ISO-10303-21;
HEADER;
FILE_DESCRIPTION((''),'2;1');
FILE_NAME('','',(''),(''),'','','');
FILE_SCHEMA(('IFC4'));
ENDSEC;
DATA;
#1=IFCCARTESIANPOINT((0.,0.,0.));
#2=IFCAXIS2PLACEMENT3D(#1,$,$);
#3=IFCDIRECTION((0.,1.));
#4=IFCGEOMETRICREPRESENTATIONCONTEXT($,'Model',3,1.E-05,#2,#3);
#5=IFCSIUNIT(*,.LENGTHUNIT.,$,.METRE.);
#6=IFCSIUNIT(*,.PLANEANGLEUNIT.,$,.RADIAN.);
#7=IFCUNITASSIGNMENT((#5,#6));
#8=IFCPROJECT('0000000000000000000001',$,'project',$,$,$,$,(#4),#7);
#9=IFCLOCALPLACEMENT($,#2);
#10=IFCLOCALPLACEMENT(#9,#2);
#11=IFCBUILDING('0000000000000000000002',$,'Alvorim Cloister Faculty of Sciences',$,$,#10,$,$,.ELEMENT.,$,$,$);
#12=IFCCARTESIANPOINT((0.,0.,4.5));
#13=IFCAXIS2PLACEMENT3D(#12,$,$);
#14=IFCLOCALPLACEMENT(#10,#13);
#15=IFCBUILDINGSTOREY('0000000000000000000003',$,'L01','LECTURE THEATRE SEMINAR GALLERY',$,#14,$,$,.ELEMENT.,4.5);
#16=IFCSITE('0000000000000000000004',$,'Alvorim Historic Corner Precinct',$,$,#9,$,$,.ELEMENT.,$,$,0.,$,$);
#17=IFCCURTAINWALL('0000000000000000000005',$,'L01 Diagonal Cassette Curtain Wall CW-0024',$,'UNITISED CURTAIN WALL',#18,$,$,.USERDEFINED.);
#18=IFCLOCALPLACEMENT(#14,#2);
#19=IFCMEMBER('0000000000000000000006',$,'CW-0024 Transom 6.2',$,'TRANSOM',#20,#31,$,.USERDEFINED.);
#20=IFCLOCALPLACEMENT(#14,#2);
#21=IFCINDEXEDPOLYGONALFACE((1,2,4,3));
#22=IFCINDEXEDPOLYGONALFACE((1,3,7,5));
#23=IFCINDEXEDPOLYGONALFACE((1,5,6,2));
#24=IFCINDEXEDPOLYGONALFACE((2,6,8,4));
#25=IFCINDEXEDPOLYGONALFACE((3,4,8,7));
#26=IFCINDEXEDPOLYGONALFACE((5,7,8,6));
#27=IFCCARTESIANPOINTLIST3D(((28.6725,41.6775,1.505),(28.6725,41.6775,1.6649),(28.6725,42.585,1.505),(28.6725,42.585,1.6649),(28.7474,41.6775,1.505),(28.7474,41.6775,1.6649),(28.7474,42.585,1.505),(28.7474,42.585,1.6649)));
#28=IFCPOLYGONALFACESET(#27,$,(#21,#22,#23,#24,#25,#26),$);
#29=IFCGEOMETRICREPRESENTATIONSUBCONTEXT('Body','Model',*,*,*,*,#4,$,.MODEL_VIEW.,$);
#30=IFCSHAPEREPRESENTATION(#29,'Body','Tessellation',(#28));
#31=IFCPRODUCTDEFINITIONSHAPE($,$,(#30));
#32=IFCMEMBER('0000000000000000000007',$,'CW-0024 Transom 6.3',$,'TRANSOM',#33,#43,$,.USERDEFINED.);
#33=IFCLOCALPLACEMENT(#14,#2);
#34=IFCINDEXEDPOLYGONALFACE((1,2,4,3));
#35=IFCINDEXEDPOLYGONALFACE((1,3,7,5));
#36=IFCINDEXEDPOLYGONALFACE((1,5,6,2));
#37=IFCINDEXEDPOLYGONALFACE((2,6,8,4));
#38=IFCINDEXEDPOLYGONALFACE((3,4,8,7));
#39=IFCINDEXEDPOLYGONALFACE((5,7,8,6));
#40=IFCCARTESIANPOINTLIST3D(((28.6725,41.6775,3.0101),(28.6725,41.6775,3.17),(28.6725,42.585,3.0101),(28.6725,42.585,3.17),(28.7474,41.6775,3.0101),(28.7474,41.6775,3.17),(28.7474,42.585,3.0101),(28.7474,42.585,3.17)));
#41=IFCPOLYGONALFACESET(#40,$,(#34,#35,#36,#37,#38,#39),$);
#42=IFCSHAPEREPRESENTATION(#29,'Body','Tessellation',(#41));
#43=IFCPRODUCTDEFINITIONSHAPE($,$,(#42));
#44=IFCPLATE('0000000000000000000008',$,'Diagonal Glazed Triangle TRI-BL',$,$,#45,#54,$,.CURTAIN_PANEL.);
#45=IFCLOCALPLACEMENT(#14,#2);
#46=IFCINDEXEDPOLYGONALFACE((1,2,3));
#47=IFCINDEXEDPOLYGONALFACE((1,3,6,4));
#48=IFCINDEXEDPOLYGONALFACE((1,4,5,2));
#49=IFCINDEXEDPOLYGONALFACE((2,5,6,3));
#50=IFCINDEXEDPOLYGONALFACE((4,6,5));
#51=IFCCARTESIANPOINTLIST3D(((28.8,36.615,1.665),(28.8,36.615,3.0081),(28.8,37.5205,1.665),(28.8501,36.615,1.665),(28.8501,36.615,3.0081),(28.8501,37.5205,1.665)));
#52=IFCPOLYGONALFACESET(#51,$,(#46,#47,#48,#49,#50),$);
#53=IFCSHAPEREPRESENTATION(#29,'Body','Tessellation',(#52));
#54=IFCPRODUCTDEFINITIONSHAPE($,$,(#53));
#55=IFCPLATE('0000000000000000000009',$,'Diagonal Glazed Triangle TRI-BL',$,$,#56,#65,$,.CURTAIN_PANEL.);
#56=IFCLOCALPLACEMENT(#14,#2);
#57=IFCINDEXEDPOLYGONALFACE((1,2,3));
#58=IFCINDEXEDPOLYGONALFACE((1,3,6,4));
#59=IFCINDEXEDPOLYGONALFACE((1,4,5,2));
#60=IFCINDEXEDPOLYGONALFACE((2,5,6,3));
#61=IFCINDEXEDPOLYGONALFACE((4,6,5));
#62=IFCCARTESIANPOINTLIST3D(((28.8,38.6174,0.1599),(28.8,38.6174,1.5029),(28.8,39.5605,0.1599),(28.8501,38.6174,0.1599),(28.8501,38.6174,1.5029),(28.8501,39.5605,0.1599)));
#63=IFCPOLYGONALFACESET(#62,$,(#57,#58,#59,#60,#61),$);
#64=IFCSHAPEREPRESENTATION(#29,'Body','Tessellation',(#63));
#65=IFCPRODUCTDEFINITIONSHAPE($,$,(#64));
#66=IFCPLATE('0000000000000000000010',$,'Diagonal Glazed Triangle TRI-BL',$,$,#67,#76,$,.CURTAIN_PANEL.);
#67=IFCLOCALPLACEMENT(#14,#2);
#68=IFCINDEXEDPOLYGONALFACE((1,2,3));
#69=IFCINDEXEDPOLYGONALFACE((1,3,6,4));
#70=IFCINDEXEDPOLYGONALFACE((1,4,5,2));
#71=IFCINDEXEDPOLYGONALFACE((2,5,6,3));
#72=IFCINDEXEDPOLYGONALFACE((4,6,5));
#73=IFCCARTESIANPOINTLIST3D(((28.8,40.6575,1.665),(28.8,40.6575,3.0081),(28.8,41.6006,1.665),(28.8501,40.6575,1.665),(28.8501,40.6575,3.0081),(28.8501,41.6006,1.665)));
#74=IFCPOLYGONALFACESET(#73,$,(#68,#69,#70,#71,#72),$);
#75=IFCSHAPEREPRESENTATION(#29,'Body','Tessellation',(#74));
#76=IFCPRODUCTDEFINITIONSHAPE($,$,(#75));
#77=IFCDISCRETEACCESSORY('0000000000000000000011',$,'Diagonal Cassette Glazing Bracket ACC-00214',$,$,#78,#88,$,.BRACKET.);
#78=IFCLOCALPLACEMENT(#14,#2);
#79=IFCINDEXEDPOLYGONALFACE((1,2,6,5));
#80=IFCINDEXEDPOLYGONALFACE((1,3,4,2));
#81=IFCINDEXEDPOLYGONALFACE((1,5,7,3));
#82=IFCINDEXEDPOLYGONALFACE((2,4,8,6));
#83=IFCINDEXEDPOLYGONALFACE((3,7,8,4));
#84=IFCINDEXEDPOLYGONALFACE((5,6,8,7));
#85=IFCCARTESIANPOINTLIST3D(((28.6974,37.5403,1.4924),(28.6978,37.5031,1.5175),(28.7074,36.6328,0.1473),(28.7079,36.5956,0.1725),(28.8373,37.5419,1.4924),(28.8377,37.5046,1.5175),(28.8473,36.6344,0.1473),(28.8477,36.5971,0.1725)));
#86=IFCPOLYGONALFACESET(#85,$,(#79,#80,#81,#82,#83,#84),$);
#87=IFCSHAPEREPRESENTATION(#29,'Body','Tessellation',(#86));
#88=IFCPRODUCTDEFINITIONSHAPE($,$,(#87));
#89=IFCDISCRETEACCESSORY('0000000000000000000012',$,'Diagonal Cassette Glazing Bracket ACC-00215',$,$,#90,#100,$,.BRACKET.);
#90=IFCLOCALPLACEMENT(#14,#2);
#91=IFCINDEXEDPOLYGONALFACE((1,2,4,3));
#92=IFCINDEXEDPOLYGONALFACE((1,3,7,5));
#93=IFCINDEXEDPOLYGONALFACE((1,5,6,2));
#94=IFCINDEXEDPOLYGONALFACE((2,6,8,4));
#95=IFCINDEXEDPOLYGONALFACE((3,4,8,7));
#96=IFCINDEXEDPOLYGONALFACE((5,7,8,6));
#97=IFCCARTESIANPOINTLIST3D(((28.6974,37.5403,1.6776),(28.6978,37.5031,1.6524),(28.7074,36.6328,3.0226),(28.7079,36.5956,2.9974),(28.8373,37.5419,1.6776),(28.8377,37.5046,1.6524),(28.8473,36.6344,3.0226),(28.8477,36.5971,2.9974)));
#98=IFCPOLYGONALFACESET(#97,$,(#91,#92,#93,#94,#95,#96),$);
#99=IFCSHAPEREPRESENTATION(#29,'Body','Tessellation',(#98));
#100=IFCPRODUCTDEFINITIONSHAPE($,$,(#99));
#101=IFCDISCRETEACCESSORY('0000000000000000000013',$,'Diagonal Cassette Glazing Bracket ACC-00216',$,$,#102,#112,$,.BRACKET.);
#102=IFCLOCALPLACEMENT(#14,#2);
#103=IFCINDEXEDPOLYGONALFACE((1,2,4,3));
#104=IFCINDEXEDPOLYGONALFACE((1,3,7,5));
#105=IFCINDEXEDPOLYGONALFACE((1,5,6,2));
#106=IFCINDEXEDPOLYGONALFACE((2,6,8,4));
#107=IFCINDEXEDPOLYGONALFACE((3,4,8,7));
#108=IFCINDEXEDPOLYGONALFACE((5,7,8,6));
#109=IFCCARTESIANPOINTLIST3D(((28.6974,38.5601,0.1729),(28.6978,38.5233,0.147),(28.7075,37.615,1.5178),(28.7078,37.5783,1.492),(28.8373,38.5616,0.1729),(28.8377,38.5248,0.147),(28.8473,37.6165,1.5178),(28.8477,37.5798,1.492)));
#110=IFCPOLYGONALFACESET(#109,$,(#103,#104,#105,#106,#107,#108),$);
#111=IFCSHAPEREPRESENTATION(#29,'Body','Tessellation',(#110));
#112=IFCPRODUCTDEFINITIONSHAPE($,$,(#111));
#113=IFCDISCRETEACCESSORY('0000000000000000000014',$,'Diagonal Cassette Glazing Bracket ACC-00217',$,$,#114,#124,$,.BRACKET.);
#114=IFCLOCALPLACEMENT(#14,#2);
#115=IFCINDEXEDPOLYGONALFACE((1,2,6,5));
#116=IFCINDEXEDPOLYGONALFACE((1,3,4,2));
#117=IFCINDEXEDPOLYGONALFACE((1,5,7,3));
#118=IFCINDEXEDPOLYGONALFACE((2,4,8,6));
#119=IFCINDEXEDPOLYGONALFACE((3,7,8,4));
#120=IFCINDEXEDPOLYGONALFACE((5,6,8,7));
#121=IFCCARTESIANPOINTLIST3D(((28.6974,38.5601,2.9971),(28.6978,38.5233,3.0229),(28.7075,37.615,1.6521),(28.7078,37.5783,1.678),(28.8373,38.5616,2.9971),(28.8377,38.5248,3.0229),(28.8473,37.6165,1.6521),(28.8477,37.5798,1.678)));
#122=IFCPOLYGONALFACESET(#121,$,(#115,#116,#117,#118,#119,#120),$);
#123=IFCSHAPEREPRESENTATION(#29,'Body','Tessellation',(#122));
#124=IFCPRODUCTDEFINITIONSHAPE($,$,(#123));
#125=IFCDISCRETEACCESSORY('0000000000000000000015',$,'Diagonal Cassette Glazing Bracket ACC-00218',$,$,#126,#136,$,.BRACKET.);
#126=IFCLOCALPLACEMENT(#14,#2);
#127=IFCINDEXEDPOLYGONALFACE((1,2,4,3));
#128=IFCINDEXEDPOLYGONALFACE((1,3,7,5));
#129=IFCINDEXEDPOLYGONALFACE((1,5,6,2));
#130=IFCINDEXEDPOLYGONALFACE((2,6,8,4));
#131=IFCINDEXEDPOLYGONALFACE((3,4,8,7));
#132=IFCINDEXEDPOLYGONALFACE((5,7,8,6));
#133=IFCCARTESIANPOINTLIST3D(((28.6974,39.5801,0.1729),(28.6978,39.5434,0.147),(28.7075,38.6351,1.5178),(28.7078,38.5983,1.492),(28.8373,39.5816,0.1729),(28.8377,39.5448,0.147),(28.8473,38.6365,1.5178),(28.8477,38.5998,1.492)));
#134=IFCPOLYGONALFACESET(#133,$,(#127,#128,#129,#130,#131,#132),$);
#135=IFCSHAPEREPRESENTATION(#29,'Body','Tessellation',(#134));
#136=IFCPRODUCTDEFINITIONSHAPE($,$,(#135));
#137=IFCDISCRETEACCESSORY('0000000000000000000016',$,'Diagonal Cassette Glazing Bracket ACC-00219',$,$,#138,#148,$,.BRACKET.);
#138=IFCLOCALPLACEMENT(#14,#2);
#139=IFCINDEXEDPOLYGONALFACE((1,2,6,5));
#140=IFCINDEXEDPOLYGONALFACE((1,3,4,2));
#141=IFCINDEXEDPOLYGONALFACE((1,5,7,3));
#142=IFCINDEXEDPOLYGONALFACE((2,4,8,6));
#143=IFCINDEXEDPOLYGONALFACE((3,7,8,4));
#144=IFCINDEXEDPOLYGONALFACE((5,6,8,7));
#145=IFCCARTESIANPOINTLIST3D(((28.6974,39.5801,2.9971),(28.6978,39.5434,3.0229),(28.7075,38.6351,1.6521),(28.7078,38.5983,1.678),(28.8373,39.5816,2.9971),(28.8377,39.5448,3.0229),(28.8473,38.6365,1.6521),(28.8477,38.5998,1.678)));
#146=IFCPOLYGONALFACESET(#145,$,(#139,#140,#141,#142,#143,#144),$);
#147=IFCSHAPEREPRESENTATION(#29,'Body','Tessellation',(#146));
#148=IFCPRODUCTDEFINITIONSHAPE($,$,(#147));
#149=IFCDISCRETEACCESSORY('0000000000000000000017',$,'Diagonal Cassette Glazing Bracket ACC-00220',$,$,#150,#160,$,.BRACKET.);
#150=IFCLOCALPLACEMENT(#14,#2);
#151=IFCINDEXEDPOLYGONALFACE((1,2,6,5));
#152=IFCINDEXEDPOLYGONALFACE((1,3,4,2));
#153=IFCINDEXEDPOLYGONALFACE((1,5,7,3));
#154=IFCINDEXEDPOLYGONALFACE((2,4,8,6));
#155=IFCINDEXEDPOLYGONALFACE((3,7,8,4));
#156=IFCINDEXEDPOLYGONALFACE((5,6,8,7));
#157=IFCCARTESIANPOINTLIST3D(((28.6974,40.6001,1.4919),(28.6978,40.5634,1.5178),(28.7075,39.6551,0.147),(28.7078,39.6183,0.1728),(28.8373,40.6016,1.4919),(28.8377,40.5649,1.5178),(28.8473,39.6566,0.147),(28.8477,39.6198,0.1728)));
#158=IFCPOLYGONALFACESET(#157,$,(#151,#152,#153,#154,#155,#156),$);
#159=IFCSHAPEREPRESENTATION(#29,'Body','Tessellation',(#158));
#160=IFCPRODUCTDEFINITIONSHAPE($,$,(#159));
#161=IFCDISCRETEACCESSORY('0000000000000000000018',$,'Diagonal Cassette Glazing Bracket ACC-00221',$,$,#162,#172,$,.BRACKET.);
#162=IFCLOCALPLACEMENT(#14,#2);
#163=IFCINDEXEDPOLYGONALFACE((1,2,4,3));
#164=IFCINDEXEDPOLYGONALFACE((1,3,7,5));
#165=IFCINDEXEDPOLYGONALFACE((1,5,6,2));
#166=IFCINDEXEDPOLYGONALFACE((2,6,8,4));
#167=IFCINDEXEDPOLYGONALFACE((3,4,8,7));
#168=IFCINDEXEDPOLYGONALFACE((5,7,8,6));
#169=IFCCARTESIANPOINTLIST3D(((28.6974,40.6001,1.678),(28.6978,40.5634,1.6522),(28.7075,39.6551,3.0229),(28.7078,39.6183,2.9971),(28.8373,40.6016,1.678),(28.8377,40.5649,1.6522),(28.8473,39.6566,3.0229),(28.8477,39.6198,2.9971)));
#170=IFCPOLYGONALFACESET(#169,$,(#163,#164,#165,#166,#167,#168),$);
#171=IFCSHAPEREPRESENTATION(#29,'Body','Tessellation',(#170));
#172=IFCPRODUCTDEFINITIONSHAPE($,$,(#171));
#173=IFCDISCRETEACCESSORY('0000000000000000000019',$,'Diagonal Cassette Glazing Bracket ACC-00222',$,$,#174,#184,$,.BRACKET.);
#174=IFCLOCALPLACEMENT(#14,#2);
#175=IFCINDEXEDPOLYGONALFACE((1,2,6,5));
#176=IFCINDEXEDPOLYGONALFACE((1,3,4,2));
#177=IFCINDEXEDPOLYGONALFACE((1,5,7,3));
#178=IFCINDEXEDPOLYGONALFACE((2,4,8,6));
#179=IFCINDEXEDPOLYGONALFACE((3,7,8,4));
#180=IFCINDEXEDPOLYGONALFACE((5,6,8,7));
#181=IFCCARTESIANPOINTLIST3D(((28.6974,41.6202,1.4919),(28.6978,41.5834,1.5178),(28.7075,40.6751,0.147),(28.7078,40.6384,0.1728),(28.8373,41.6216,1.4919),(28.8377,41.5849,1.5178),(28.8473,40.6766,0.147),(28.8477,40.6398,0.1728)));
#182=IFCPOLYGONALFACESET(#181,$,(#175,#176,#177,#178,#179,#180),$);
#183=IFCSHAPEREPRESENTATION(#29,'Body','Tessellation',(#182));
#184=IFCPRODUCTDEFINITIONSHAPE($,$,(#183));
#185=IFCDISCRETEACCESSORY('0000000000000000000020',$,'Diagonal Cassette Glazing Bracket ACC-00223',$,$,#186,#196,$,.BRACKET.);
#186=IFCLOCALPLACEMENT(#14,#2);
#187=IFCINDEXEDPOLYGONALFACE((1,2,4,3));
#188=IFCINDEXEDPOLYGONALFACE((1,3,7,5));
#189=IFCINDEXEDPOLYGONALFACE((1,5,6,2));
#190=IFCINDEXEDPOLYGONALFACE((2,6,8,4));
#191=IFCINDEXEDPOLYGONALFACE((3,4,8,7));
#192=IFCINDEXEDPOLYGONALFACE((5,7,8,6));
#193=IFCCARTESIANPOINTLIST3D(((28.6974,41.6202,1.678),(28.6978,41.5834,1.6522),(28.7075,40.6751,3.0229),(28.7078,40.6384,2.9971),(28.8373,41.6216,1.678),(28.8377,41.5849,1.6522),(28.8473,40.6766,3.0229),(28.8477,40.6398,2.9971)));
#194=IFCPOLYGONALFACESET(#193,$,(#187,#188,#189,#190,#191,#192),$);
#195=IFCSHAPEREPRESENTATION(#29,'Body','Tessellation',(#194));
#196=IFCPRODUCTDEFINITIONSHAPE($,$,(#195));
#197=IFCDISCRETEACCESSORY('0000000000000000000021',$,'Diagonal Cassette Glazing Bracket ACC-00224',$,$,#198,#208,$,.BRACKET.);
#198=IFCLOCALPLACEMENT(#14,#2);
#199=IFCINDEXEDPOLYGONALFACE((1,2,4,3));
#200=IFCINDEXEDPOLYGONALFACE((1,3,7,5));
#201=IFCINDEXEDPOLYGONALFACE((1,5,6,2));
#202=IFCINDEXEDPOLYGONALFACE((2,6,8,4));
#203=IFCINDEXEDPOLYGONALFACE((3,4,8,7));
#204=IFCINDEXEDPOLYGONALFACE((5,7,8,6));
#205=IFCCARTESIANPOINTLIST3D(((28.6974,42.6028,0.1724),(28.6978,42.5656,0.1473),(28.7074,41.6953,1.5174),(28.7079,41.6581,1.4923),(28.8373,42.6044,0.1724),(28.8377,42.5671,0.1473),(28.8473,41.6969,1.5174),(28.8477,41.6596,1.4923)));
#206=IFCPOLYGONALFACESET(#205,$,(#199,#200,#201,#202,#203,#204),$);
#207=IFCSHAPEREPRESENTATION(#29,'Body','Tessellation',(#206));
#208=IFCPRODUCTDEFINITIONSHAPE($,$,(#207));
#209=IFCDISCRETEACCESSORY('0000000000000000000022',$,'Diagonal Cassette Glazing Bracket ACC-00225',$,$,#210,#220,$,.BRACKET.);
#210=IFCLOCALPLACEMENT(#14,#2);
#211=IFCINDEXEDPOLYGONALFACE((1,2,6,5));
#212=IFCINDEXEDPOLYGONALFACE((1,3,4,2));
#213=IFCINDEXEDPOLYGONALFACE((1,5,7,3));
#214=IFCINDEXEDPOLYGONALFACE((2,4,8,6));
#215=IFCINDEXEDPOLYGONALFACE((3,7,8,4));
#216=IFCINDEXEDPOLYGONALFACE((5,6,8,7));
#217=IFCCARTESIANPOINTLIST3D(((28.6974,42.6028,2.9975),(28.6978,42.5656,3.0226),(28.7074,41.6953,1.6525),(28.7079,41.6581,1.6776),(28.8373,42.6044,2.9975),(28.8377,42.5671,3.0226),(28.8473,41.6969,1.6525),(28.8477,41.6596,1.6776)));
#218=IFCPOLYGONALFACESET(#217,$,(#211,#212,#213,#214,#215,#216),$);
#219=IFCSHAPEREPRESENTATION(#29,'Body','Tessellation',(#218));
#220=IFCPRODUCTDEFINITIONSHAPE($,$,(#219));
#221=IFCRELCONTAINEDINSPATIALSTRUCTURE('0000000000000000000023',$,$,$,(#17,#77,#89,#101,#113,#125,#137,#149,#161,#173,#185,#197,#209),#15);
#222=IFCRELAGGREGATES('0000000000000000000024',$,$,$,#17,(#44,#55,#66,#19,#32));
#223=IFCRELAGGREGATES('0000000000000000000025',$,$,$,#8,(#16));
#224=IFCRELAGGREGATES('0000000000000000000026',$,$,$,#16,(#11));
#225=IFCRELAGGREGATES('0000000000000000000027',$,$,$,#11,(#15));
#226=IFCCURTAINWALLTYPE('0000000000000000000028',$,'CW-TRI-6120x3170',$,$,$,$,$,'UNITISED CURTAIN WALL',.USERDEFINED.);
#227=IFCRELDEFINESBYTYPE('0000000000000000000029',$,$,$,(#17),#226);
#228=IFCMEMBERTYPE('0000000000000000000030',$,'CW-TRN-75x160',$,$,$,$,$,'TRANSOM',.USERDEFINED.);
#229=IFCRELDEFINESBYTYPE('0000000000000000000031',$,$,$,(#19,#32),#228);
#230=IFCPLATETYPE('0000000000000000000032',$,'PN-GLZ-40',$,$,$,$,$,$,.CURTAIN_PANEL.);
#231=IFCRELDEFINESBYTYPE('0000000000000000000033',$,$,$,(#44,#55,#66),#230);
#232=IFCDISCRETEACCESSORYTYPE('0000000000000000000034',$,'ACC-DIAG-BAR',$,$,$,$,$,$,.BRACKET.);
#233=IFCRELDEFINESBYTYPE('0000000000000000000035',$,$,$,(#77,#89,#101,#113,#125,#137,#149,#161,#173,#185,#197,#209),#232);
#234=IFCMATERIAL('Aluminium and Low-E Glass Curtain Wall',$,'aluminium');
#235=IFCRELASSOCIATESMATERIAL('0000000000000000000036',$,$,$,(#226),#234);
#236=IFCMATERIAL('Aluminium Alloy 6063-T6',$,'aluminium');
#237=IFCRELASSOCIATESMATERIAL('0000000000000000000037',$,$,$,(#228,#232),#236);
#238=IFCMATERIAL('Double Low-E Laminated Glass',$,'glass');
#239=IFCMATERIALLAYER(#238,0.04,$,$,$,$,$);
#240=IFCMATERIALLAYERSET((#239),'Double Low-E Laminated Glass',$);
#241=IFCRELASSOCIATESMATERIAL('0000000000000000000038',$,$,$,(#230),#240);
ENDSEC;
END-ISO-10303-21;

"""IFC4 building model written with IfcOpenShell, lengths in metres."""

from ifc_helpers import new_model, si_unit, direction, frame, origin, origin_2d, place, context, subcontext, project, spatial, polyline, rectangle, outline, extrude, material, layer, layer_set, material_profile, profile_set, type_object, element, aggregate, save


model = new_model("IFC4")

# Units and contexts
model_context = context("Model", 3, precision=1e-05, world=origin(), true_north=direction((0.0, 1.0)))
body_context = subcontext(model_context, "Body", "Model", "MODEL_VIEW")
ifc_project = project(units=[si_unit("LENGTHUNIT", "METRE"), si_unit("PLANEANGLEUNIT", "RADIAN")], contexts=[model_context])

# Site, building, storey
site_placement = place(None, origin())
site = spatial("IfcSite", under=ifc_project, at=site_placement, Name="Alvorim Historic Corner Precinct", CompositionType="ELEMENT", RefElevation=0.0)
building_placement = place(site_placement, origin())
building = spatial("IfcBuilding", under=site, at=building_placement, Name="Alvorim Cloister Faculty of Sciences", CompositionType="ELEMENT")
storey_placement = place(building_placement, frame((0.0, 0.0, 4.5)))
storey = spatial("IfcBuildingStorey", under=building, at=storey_placement, Name="L01", Description="LECTURE THEATRE SEMINAR GALLERY", CompositionType="ELEMENT", Elevation=4.5)

# Curtain wall, members, plates
ifc_material_1 = material(Name="Aluminium and Low-E Glass Curtain Wall", Category="aluminium")
curtain_wall_type = type_object("IfcCurtainWallType", Name="CW-TRI-6120x3170", ElementType="UNITISED CURTAIN WALL", PredefinedType="USERDEFINED", material=ifc_material_1)
curtain_wall_placement = place(storey_placement, origin())
curtain_wall = element("IfcCurtainWall", 1, at=curtain_wall_placement, inside=storey, type_object=curtain_wall_type, Name="L01 Diagonal Cassette Curtain Wall CW-0024", ObjectType="UNITISED CURTAIN WALL", PredefinedType="USERDEFINED")
ifc_material_2 = material(Name="Aluminium Alloy 6063-T6", Category="aluminium")
ifc_material_profile = material_profile(ifc_material_2, rectangle(XDim=0.075, YDim=0.1599, at=origin_2d()), Name="ALU-TRN-75x160")
ifc_profile_set = profile_set([ifc_material_profile], Name="Aluminium Alloy 6063-T6")
member_type = type_object("IfcMemberType", Name="CW-TRN-75x160", ElementType="TRANSOM", PredefinedType="USERDEFINED", material=ifc_profile_set)
member_1_placement = place(storey_placement, frame((28.71, 41.6775, 1.585), z_axis=(0.0, 1.0, 0.0), x_axis=(-1.0, 0.0, 0.0)))
member_1 = element("IfcMember", 2, at=member_1_placement, type_object=member_type, Name="CW-0024 Transom 6.2", ObjectType="TRANSOM", PredefinedType="USERDEFINED", context=body_context, shape_type="SweptSolid", body=[
    extrude(rectangle(XDim=0.075, YDim=0.1599, at=origin_2d()), origin(), (0.0, 0.0, 1.0), 0.9075),
])
member_2_placement = place(storey_placement, frame((28.71, 41.6775, 3.0901), z_axis=(0.0, 1.0, 0.0), x_axis=(-1.0, 0.0, 0.0)))
member_2 = element("IfcMember", 3, at=member_2_placement, type_object=member_type, Name="CW-0024 Transom 6.3", ObjectType="TRANSOM", PredefinedType="USERDEFINED", context=body_context, shape_type="SweptSolid", body=[
    extrude(rectangle(XDim=0.075, YDim=0.1599, at=origin_2d()), origin(), (0.0, 0.0, 1.0), 0.9075),
])
ifc_material_3 = material(Name="Double Low-E Laminated Glass", Category="glass")
ifc_layer = layer(ifc_material_3, 0.04)
ifc_layer_set = layer_set([ifc_layer], Name="Double Low-E Laminated Glass")
plate_type = type_object("IfcPlateType", Name="PN-GLZ-40", PredefinedType="CURTAIN_PANEL", material=ifc_layer_set)
plate_1_placement = place(storey_placement, frame((28.825, 36.615, 1.665), z_axis=(0.0, 0.0, 1.0), x_axis=(0.0, 1.0, 0.0)))
plate_1 = element("IfcPlate", 4, at=plate_1_placement, type_object=plate_type, Name="Diagonal Glazed Triangle TRI-BL", PredefinedType="CURTAIN_PANEL", context=body_context, shape_type="SweptSolid", body=[
    extrude(outline(polyline([(0.0, 0.0), (0.9055, 0.0), (0.0, 1.343), (0.0, 0.0)])), frame((0.0, 0.0249, 0.0), z_axis=(0.0, -1.0, 0.0), x_axis=(1.0, 0.0, 0.0)), (0.0, 0.0, 1.0), 0.05),
])
plate_2_placement = place(storey_placement, frame((28.825, 38.6174, 0.1599), z_axis=(0.0, 0.0, 1.0), x_axis=(0.0, 1.0, 0.0)))
plate_2 = element("IfcPlate", 5, at=plate_2_placement, type_object=plate_type, Name="Diagonal Glazed Triangle TRI-BL", PredefinedType="CURTAIN_PANEL", context=body_context, shape_type="SweptSolid", body=[
    extrude(outline(polyline([(0.0, 0.0), (0.9431, 0.0), (0.0, 1.343), (0.0, 0.0)])), frame((0.0, 0.0249, 0.0), z_axis=(0.0, -1.0, 0.0), x_axis=(1.0, 0.0, 0.0)), (0.0, 0.0, 1.0), 0.05),
])
plate_3_placement = place(storey_placement, frame((28.825, 40.6575, 1.665), z_axis=(0.0, 0.0, 1.0), x_axis=(0.0, 1.0, 0.0)))
plate_3 = element("IfcPlate", 6, at=plate_3_placement, type_object=plate_type, Name="Diagonal Glazed Triangle TRI-BL", PredefinedType="CURTAIN_PANEL", context=body_context, shape_type="SweptSolid", body=[
    extrude(outline(polyline([(0.0, 0.0), (0.9431, 0.0), (0.0, 1.343), (0.0, 0.0)])), frame((0.0, 0.0249, 0.0), z_axis=(0.0, -1.0, 0.0), x_axis=(1.0, 0.0, 0.0)), (0.0, 0.0, 1.0), 0.05),
])
aggregate(curtain_wall, [plate_1, plate_2, plate_3, member_1, member_2])

# Discrete accessories
discrete_accessory_type = type_object("IfcDiscreteAccessoryType", Name="ACC-DIAG-BAR", PredefinedType="BRACKET", material=ifc_material_2)
for number, where, z_axis, x_axis, name in (
    (7, (28.7776, 36.615, 0.1599), (-0.006169, 0.559299, 0.828943), (-0.999939, -0.01103, 0.0), "Diagonal Cassette Glazing Bracket ACC-00214"),
    (8, (28.7776, 36.615, 3.01), (-0.006169, 0.559299, -0.828943), (-0.999939, -0.01103, 0.0), "Diagonal Cassette Glazing Bracket ACC-00215"),
):
    element("IfcDiscreteAccessory", number, at=place(storey_placement, frame(where, z_axis=z_axis, x_axis=x_axis)), inside=storey, type_object=discrete_accessory_type, Name=name, PredefinedType="BRACKET", context=body_context, shape_type="SweptSolid", body=[
        extrude(rectangle(XDim=0.1399, YDim=0.0449, at=origin_2d()), origin(), (0.0, 0.0, 1.0), 1.6226),
    ])
for number, where, z_axis, x_axis, name in (
    (9, (28.7776, 37.5974, 1.5049), (-0.006089, 0.574916, -0.81819), (-0.999944, -0.010591, 0.0), "Diagonal Cassette Glazing Bracket ACC-00216"),
    (10, (28.7776, 37.5974, 1.665), (-0.006089, 0.574916, 0.81819), (-0.999944, -0.010591, 0.0), "Diagonal Cassette Glazing Bracket ACC-00217"),
    (11, (28.7776, 38.6174, 1.5049), (-0.006089, 0.574916, -0.81819), (-0.999944, -0.010591, 0.0), "Diagonal Cassette Glazing Bracket ACC-00218"),
    (12, (28.7776, 38.6174, 1.665), (-0.006089, 0.574916, 0.81819), (-0.999944, -0.010591, 0.0), "Diagonal Cassette Glazing Bracket ACC-00219"),
    (13, (28.7776, 39.6375, 0.1599), (-0.006089, 0.574916, 0.81819), (-0.999944, -0.010591, 0.0), "Diagonal Cassette Glazing Bracket ACC-00220"),
    (14, (28.7776, 39.6375, 3.01), (-0.006089, 0.574916, -0.81819), (-0.999944, -0.010591, 0.0), "Diagonal Cassette Glazing Bracket ACC-00221"),
    (15, (28.7776, 40.6575, 0.1599), (-0.006089, 0.574916, 0.81819), (-0.999944, -0.010591, 0.0), "Diagonal Cassette Glazing Bracket ACC-00222"),
    (16, (28.7776, 40.6575, 3.01), (-0.006089, 0.574916, -0.81819), (-0.999944, -0.010591, 0.0), "Diagonal Cassette Glazing Bracket ACC-00223"),
):
    element("IfcDiscreteAccessory", number, at=place(storey_placement, frame(where, z_axis=z_axis, x_axis=x_axis)), inside=storey, type_object=discrete_accessory_type, Name=name, PredefinedType="BRACKET", context=body_context, shape_type="SweptSolid", body=[
        extrude(rectangle(XDim=0.1399, YDim=0.0449, at=origin_2d()), origin(), (0.0, 0.0, 1.0), 1.6438),
    ])
for number, where, z_axis, x_axis, name in (
    (17, (28.7776, 41.6775, 1.5049), (-0.006169, 0.559299, -0.828943), (-0.999939, -0.01103, 0.0), "Diagonal Cassette Glazing Bracket ACC-00224"),
    (18, (28.7776, 41.6775, 1.665), (-0.006169, 0.559299, 0.828943), (-0.999939, -0.01103, 0.0), "Diagonal Cassette Glazing Bracket ACC-00225"),
):
    element("IfcDiscreteAccessory", number, at=place(storey_placement, frame(where, z_axis=z_axis, x_axis=x_axis)), inside=storey, type_object=discrete_accessory_type, Name=name, PredefinedType="BRACKET", context=body_context, shape_type="SweptSolid", body=[
        extrude(rectangle(XDim=0.1399, YDim=0.0449, at=origin_2d()), origin(), (0.0, 0.0, 1.0), 1.6226),
    ])

save(model, "model.ifc")
